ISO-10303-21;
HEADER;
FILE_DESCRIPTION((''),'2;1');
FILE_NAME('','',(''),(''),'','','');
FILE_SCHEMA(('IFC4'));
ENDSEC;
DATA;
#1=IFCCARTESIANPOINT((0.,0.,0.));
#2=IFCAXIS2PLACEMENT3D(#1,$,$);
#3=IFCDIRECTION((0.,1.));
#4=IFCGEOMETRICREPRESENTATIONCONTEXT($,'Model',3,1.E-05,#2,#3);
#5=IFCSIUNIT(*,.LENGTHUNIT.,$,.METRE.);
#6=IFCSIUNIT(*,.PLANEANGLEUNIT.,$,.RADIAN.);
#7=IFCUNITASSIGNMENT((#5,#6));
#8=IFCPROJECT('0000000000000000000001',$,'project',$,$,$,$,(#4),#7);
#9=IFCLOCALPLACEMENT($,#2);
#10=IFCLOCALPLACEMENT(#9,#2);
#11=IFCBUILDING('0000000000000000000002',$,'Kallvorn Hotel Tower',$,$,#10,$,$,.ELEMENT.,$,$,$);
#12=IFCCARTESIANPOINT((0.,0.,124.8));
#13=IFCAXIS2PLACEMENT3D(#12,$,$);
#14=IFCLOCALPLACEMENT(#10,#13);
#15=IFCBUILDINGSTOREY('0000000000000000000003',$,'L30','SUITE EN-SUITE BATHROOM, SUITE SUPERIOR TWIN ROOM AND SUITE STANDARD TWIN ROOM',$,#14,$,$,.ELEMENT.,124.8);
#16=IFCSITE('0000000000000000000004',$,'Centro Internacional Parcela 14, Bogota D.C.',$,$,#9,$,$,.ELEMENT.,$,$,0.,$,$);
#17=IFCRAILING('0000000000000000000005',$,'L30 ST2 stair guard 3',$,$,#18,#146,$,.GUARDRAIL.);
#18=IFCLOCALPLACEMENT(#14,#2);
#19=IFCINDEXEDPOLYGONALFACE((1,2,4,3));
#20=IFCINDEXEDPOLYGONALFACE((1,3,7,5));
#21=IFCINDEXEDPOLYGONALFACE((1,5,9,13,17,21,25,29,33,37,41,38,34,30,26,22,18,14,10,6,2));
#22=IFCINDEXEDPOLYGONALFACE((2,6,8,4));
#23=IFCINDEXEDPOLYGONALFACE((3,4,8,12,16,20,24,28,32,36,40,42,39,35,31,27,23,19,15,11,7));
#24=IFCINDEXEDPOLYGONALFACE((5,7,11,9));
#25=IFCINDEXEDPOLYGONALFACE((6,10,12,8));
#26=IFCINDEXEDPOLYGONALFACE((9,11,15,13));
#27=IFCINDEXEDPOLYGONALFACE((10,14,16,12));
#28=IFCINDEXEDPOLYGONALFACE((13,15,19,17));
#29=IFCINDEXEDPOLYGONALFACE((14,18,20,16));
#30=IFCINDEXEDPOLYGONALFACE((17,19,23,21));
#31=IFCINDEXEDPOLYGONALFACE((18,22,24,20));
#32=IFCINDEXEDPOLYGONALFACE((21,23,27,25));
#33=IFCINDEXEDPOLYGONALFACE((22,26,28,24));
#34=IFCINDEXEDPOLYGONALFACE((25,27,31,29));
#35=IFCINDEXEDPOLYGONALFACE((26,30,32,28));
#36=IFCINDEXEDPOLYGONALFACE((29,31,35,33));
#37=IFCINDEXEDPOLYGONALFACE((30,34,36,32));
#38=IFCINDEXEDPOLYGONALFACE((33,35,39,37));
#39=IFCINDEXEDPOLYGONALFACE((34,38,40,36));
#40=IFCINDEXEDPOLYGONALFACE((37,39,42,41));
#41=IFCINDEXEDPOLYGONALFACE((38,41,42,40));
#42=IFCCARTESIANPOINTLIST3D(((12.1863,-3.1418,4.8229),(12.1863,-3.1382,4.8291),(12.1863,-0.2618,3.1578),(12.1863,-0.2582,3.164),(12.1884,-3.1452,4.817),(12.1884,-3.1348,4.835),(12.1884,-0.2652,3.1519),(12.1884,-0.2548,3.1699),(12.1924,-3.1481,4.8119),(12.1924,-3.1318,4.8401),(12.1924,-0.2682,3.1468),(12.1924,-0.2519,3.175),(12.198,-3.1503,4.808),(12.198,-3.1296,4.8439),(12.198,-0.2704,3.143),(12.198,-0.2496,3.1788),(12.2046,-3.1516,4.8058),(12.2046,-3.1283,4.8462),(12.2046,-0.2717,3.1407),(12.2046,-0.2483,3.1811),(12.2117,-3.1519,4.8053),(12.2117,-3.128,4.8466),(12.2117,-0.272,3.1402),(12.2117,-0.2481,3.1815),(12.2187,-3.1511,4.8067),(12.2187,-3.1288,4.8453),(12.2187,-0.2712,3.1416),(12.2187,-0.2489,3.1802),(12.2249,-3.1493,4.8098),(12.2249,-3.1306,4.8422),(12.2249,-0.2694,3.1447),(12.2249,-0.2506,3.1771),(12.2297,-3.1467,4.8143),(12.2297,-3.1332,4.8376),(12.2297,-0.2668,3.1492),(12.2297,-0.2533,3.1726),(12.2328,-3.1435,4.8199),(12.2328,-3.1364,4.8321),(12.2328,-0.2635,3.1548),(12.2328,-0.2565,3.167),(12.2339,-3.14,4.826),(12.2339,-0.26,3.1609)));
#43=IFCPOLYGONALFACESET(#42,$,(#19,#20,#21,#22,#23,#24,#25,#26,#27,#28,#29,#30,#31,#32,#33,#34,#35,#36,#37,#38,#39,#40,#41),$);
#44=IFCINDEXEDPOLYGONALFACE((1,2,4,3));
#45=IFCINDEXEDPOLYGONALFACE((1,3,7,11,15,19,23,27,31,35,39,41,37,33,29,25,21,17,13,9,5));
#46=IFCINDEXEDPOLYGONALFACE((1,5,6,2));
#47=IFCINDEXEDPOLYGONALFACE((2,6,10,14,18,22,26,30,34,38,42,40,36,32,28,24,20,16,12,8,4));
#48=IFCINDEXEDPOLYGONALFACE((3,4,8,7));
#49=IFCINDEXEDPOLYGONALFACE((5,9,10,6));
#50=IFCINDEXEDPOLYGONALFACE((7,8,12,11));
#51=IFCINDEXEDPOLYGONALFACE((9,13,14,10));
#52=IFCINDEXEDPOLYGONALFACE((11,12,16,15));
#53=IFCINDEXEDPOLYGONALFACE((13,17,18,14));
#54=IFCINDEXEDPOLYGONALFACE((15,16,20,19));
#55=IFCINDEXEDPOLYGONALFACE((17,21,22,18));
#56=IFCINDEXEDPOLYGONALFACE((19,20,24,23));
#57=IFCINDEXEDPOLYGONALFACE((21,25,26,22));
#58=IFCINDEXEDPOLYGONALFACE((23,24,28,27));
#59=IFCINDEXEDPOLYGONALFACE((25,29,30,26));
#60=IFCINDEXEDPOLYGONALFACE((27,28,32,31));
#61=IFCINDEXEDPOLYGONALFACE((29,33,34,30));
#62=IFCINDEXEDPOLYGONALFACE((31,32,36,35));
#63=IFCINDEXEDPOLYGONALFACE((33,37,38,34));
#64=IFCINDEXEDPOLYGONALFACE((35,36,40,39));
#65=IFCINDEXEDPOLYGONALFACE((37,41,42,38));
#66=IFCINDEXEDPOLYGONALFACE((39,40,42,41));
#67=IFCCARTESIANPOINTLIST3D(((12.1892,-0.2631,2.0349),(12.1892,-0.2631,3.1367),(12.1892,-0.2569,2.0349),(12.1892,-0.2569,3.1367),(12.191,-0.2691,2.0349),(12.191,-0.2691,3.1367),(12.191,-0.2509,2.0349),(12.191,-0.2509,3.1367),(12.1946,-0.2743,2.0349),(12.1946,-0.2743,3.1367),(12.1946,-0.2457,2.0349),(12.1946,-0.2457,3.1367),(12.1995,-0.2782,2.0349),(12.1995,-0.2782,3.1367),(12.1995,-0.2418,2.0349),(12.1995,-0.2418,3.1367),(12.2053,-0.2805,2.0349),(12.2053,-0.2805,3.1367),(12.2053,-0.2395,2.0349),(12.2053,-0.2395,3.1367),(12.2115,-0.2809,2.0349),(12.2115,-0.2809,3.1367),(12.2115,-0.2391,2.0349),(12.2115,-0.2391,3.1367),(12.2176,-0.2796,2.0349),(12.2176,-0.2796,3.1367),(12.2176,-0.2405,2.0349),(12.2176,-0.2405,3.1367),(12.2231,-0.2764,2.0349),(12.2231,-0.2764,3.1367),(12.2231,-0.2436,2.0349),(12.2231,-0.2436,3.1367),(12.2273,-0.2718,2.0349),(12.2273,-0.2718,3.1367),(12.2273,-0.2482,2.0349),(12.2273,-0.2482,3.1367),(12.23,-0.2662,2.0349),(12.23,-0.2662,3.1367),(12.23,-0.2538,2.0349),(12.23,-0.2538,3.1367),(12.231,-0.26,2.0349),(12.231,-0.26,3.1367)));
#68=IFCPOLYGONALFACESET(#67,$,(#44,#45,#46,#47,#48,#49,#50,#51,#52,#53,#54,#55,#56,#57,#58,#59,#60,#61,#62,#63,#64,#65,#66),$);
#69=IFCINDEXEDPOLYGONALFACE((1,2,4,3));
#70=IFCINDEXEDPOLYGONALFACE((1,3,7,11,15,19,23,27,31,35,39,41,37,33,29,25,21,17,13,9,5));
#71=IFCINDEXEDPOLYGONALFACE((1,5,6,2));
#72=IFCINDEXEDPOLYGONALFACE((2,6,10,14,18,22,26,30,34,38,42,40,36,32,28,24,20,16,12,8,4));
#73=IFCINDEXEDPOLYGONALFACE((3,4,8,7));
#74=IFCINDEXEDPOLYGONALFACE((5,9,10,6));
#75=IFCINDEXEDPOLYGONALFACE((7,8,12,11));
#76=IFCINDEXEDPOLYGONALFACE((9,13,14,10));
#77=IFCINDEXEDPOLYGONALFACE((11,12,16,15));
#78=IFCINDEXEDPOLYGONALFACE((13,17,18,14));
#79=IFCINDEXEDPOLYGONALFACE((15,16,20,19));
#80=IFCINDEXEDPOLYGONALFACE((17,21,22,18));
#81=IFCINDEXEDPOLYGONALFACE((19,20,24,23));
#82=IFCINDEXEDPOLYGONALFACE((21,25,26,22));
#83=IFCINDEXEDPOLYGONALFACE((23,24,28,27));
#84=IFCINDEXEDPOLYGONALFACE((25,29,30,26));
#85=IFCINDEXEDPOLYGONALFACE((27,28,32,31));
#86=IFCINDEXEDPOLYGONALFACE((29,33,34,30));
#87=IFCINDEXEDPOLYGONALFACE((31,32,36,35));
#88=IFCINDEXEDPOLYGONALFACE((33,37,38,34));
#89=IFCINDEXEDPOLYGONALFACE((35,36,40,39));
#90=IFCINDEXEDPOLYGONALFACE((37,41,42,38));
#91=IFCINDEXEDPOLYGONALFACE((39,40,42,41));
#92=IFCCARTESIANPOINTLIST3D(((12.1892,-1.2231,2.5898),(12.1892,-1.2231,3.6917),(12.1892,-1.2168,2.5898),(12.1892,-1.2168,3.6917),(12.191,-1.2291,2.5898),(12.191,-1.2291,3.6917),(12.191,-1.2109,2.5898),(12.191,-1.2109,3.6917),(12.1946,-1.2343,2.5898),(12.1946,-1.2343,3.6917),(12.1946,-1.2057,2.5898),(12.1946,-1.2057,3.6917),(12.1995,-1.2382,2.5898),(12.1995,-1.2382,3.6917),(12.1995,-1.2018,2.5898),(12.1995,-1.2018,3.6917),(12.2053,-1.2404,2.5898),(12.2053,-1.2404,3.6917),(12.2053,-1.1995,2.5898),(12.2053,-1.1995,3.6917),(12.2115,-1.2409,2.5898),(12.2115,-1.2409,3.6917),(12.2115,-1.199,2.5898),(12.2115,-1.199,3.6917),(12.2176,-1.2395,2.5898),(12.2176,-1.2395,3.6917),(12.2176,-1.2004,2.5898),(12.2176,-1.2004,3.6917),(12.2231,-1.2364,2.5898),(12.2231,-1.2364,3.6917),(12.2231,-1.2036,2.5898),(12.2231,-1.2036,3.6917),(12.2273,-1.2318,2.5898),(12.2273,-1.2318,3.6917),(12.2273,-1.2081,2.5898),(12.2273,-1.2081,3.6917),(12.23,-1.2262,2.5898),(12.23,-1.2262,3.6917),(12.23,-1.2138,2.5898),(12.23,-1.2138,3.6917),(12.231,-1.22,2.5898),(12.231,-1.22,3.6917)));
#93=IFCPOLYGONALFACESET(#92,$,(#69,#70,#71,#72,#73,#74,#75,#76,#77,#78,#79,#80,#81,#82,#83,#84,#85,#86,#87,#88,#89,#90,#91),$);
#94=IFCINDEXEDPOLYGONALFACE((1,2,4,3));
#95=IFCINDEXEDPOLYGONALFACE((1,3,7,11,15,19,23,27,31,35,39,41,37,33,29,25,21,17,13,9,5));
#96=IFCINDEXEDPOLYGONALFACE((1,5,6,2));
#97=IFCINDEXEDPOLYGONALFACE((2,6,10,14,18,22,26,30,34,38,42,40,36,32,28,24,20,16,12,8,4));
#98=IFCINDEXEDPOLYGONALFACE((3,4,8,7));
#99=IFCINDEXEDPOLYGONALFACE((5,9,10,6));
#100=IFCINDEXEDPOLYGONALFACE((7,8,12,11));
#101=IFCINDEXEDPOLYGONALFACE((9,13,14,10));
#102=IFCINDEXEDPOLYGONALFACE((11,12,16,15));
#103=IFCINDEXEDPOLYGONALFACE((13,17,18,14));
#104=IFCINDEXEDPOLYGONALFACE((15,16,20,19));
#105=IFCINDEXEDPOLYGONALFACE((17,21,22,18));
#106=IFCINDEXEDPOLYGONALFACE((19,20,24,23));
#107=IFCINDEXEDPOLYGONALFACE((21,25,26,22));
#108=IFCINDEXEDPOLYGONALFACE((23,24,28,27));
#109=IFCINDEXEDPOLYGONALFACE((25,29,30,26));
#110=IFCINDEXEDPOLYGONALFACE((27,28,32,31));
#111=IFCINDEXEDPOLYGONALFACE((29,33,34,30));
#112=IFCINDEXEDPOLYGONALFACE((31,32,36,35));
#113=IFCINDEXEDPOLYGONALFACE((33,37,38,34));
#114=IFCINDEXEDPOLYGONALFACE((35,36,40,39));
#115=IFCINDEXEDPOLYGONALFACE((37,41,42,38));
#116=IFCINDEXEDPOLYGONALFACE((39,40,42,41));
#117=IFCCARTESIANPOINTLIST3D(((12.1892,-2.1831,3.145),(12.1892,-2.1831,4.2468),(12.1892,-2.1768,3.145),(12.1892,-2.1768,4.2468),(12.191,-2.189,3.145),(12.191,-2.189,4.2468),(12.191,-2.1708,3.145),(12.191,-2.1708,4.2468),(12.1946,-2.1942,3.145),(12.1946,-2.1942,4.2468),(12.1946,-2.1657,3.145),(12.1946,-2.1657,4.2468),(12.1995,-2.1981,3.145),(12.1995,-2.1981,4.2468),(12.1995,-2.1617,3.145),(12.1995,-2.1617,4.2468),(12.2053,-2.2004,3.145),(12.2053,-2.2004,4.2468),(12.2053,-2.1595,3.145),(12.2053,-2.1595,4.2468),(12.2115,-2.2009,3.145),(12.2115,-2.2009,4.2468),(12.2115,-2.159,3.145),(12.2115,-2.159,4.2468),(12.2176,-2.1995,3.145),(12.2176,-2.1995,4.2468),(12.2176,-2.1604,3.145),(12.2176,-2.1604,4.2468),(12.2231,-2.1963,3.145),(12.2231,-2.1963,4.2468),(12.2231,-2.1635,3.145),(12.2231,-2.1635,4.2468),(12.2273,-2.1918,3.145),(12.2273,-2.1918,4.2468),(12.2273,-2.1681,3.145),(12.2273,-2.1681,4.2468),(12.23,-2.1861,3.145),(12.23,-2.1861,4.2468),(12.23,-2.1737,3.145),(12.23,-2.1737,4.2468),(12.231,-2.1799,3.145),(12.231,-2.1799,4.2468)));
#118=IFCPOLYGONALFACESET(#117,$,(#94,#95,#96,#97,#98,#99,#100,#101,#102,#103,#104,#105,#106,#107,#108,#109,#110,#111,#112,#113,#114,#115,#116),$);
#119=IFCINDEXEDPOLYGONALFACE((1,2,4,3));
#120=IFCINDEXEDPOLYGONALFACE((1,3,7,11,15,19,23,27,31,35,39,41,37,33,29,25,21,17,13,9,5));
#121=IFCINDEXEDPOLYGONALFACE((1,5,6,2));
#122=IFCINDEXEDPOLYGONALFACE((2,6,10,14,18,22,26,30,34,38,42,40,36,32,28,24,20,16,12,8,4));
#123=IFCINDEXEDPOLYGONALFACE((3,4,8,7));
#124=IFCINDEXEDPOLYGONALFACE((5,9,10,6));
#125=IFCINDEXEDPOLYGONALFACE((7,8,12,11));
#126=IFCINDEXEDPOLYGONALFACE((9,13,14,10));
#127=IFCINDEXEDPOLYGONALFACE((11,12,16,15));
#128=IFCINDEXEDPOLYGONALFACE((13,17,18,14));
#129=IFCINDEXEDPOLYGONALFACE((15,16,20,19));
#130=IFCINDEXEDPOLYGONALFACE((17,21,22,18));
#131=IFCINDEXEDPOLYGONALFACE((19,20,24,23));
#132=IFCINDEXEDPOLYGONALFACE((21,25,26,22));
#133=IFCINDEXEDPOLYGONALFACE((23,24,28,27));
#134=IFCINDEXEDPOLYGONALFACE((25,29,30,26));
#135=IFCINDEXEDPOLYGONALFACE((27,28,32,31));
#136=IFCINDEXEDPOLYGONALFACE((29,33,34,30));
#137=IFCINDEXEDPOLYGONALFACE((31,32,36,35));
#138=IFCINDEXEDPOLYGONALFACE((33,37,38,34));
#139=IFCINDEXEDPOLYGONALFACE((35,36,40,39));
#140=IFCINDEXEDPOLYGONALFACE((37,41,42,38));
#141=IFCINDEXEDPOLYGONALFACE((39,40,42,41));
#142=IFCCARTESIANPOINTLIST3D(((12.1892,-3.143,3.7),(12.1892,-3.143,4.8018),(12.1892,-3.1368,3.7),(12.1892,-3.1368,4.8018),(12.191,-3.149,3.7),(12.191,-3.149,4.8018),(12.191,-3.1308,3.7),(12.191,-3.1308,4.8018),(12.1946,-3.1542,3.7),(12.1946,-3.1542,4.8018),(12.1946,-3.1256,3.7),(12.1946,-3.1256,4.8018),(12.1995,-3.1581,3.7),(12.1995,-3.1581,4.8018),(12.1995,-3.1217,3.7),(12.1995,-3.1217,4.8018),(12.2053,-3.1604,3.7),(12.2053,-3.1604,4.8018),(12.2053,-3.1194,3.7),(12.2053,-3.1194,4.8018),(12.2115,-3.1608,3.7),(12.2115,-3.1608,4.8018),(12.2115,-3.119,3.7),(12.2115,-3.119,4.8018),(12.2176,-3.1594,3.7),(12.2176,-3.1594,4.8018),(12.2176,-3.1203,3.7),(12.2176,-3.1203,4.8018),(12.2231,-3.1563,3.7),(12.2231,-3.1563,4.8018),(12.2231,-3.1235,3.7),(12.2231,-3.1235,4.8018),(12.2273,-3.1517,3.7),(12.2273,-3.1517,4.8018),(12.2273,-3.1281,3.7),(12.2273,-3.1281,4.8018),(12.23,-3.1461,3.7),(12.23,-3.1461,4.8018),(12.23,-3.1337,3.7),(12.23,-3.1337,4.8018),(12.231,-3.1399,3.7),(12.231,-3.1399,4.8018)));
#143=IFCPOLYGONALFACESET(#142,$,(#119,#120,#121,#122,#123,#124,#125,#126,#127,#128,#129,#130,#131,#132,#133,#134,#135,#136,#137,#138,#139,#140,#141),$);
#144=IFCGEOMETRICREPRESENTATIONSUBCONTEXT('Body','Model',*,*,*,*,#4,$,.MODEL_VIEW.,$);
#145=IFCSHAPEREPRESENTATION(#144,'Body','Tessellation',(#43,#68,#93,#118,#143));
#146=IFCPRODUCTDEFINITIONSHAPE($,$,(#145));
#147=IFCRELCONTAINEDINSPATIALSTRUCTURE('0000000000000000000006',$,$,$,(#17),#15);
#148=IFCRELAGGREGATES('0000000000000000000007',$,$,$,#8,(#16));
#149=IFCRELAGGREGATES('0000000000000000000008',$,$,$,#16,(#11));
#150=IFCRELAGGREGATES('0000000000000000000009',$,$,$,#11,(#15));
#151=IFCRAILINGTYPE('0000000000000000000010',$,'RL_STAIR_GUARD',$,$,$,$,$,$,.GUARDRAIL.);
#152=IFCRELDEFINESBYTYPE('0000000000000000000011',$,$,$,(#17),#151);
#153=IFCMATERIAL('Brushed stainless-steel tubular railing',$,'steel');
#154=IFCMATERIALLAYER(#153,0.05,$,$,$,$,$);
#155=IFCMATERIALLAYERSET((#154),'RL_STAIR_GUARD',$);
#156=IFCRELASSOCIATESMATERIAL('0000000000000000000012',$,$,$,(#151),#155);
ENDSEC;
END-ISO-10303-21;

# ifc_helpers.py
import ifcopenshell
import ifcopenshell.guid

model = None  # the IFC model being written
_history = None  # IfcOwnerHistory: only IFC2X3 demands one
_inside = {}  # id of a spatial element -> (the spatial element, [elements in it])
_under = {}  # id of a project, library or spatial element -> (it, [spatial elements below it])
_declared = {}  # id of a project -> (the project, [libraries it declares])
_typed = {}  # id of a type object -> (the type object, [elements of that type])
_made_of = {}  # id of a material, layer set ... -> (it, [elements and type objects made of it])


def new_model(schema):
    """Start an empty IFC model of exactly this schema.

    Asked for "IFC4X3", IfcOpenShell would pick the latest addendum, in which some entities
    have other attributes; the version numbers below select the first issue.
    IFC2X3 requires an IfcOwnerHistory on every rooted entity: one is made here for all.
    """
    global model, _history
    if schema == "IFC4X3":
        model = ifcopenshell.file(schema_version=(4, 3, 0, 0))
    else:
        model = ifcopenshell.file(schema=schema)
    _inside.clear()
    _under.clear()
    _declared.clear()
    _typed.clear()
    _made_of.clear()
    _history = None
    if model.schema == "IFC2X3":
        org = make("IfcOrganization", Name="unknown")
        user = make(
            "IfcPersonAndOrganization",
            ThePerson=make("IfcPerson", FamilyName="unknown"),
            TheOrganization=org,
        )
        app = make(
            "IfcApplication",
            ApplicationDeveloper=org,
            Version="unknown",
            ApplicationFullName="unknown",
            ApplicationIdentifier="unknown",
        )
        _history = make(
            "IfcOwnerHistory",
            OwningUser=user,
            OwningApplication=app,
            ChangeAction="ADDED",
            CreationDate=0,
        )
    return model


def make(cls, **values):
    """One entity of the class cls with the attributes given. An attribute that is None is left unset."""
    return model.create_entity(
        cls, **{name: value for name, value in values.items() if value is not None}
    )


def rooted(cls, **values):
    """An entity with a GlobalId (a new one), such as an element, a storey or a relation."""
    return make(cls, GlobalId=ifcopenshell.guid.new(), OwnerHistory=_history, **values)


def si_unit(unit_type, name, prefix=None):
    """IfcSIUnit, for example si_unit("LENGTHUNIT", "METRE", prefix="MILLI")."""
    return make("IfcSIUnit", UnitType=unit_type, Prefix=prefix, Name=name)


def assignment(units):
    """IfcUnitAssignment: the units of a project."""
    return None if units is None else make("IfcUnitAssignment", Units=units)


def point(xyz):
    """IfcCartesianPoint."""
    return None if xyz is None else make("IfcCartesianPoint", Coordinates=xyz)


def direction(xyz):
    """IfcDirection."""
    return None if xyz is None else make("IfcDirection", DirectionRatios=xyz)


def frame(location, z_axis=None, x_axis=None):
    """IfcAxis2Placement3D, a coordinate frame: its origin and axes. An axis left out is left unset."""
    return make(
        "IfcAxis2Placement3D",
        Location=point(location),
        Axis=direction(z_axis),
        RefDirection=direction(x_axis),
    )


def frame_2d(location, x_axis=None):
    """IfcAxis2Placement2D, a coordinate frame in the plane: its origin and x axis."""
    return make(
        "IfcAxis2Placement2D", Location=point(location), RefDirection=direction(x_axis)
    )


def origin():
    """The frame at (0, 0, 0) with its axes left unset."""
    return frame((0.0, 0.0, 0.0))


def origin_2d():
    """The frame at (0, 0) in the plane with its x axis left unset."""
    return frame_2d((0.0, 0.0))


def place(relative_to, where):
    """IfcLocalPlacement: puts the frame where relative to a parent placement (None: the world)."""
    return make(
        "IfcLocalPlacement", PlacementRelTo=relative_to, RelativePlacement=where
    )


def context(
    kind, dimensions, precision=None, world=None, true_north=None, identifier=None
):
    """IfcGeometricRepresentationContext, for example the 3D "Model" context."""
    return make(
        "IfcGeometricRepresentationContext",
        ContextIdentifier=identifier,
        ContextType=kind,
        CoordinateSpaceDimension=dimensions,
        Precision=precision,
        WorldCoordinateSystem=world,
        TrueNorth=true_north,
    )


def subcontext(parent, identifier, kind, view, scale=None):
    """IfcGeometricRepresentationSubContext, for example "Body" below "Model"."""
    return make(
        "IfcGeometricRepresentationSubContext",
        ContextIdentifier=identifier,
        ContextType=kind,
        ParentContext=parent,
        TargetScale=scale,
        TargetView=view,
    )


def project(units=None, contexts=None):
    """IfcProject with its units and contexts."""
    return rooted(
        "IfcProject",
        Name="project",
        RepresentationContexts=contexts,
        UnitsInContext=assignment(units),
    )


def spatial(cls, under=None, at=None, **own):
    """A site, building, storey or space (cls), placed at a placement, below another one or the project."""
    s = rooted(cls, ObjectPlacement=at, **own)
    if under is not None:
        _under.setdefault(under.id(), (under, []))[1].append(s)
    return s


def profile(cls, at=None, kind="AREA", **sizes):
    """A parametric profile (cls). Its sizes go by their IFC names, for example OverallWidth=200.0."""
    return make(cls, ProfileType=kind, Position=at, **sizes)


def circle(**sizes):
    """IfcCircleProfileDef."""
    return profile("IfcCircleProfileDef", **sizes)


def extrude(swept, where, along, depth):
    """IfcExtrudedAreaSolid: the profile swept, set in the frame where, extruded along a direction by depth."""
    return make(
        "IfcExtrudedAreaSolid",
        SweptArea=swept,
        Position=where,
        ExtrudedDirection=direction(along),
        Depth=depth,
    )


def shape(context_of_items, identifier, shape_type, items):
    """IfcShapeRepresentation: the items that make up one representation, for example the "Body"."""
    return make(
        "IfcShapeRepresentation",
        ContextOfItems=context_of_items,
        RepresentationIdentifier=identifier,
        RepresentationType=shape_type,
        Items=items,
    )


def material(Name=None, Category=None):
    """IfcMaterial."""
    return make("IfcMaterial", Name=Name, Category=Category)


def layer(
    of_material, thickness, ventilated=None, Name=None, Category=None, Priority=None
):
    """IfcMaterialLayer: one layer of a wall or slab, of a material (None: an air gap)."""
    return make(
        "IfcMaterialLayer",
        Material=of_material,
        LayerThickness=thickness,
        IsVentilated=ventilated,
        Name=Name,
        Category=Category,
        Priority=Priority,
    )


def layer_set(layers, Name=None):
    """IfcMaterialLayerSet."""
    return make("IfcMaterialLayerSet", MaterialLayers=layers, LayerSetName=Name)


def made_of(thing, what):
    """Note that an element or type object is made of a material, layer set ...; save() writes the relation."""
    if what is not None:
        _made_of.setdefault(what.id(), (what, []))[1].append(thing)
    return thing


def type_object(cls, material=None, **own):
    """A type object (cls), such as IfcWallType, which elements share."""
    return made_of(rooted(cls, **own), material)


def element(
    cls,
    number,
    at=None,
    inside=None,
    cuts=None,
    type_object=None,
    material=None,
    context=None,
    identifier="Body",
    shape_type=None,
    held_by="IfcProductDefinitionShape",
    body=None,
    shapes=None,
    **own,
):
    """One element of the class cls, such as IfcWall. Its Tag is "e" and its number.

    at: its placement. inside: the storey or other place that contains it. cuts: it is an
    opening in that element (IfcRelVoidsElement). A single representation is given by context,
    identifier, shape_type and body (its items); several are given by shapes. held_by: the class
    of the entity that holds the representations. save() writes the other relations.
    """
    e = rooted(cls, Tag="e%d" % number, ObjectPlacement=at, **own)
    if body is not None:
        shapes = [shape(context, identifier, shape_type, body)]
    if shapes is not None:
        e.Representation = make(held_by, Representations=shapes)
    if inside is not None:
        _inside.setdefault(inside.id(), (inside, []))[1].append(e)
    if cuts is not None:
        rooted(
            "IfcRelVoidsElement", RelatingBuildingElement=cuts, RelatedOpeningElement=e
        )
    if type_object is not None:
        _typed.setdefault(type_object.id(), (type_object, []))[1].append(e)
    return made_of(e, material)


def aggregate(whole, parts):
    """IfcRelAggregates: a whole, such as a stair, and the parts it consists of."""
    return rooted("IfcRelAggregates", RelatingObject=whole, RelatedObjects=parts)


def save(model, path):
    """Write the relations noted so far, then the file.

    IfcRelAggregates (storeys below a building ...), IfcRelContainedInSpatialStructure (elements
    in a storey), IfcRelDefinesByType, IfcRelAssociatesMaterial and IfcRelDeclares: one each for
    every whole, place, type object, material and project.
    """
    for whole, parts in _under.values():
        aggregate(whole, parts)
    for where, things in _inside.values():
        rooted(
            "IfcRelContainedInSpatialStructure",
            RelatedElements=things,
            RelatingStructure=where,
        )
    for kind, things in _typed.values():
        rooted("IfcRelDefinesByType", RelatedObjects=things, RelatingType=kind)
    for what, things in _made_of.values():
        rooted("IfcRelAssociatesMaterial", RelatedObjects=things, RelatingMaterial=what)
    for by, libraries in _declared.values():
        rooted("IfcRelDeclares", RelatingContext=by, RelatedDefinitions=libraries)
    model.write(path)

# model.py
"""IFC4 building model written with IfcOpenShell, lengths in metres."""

from ifc_helpers import new_model, si_unit, direction, frame, origin, origin_2d, place, context, subcontext, project, spatial, circle, extrude, material, layer, layer_set, type_object, element, save


model = new_model("IFC4")

# Units and contexts
model_context = context("Model", 3, precision=1e-05, world=origin(), true_north=direction((0.0, 1.0)))
body_context = subcontext(model_context, "Body", "Model", "MODEL_VIEW")
ifc_project = project(units=[si_unit("LENGTHUNIT", "METRE"), si_unit("PLANEANGLEUNIT", "RADIAN")], contexts=[model_context])

# Site, building, storey
site_placement = place(None, origin())
site = spatial("IfcSite", under=ifc_project, at=site_placement, Name="Centro Internacional Parcela 14, Bogota D.C.", CompositionType="ELEMENT", RefElevation=0.0)
building_placement = place(site_placement, origin())
building = spatial("IfcBuilding", under=site, at=building_placement, Name="Kallvorn Hotel Tower", CompositionType="ELEMENT")
storey_placement = place(building_placement, frame((0.0, 0.0, 124.8)))
storey = spatial("IfcBuildingStorey", under=building, at=storey_placement, Name="L30", Description="SUITE EN-SUITE BATHROOM, SUITE SUPERIOR TWIN ROOM AND SUITE STANDARD TWIN ROOM", CompositionType="ELEMENT", Elevation=124.8)

# Railing
ifc_material_1 = material(Name="Brushed stainless-steel tubular railing", Category="steel")
ifc_layer_1 = layer(ifc_material_1, 0.05)
ifc_layer_set_1 = layer_set([ifc_layer_1], Name="RL_STAIR_GUARD")
railing_type_1 = type_object("IfcRailingType", Name="RL_STAIR_GUARD", PredefinedType="GUARDRAIL", material=ifc_layer_set_1)
railing_1_placement = place(storey_placement, frame((12.21, -0.26, 2.0349)))
element("IfcRailing", 1, at=railing_1_placement, inside=storey, type_object=railing_type_1, Name="L30 ST2 stair guard 3", PredefinedType="GUARDRAIL", context=body_context, shape_type="SweptSolid", body=[
    extrude(circle(Radius=0.0239, at=origin_2d()), frame((0.0, 0.0, 1.126), z_axis=(0.0, -0.865721, 0.500527), x_axis=(1.0, 0.0, 0.0)), (0.0, 0.0, 1.0), 3.3267),
    extrude(circle(Radius=0.021, at=origin_2d()), origin(), (0.0, 0.0, 1.0), 1.1018),
    extrude(circle(Radius=0.021, at=origin_2d()), frame((0.0, -0.96, 0.5549)), (0.0, 0.0, 1.0), 1.1018),
    extrude(circle(Radius=0.021, at=origin_2d()), frame((0.0, -1.9199, 1.1101)), (0.0, 0.0, 1.0), 1.1018),
    extrude(circle(Radius=0.021, at=origin_2d()), frame((0.0, -2.8799, 1.665)), (0.0, 0.0, 1.0), 1.1018),
])

save(model, "model.ifc")
